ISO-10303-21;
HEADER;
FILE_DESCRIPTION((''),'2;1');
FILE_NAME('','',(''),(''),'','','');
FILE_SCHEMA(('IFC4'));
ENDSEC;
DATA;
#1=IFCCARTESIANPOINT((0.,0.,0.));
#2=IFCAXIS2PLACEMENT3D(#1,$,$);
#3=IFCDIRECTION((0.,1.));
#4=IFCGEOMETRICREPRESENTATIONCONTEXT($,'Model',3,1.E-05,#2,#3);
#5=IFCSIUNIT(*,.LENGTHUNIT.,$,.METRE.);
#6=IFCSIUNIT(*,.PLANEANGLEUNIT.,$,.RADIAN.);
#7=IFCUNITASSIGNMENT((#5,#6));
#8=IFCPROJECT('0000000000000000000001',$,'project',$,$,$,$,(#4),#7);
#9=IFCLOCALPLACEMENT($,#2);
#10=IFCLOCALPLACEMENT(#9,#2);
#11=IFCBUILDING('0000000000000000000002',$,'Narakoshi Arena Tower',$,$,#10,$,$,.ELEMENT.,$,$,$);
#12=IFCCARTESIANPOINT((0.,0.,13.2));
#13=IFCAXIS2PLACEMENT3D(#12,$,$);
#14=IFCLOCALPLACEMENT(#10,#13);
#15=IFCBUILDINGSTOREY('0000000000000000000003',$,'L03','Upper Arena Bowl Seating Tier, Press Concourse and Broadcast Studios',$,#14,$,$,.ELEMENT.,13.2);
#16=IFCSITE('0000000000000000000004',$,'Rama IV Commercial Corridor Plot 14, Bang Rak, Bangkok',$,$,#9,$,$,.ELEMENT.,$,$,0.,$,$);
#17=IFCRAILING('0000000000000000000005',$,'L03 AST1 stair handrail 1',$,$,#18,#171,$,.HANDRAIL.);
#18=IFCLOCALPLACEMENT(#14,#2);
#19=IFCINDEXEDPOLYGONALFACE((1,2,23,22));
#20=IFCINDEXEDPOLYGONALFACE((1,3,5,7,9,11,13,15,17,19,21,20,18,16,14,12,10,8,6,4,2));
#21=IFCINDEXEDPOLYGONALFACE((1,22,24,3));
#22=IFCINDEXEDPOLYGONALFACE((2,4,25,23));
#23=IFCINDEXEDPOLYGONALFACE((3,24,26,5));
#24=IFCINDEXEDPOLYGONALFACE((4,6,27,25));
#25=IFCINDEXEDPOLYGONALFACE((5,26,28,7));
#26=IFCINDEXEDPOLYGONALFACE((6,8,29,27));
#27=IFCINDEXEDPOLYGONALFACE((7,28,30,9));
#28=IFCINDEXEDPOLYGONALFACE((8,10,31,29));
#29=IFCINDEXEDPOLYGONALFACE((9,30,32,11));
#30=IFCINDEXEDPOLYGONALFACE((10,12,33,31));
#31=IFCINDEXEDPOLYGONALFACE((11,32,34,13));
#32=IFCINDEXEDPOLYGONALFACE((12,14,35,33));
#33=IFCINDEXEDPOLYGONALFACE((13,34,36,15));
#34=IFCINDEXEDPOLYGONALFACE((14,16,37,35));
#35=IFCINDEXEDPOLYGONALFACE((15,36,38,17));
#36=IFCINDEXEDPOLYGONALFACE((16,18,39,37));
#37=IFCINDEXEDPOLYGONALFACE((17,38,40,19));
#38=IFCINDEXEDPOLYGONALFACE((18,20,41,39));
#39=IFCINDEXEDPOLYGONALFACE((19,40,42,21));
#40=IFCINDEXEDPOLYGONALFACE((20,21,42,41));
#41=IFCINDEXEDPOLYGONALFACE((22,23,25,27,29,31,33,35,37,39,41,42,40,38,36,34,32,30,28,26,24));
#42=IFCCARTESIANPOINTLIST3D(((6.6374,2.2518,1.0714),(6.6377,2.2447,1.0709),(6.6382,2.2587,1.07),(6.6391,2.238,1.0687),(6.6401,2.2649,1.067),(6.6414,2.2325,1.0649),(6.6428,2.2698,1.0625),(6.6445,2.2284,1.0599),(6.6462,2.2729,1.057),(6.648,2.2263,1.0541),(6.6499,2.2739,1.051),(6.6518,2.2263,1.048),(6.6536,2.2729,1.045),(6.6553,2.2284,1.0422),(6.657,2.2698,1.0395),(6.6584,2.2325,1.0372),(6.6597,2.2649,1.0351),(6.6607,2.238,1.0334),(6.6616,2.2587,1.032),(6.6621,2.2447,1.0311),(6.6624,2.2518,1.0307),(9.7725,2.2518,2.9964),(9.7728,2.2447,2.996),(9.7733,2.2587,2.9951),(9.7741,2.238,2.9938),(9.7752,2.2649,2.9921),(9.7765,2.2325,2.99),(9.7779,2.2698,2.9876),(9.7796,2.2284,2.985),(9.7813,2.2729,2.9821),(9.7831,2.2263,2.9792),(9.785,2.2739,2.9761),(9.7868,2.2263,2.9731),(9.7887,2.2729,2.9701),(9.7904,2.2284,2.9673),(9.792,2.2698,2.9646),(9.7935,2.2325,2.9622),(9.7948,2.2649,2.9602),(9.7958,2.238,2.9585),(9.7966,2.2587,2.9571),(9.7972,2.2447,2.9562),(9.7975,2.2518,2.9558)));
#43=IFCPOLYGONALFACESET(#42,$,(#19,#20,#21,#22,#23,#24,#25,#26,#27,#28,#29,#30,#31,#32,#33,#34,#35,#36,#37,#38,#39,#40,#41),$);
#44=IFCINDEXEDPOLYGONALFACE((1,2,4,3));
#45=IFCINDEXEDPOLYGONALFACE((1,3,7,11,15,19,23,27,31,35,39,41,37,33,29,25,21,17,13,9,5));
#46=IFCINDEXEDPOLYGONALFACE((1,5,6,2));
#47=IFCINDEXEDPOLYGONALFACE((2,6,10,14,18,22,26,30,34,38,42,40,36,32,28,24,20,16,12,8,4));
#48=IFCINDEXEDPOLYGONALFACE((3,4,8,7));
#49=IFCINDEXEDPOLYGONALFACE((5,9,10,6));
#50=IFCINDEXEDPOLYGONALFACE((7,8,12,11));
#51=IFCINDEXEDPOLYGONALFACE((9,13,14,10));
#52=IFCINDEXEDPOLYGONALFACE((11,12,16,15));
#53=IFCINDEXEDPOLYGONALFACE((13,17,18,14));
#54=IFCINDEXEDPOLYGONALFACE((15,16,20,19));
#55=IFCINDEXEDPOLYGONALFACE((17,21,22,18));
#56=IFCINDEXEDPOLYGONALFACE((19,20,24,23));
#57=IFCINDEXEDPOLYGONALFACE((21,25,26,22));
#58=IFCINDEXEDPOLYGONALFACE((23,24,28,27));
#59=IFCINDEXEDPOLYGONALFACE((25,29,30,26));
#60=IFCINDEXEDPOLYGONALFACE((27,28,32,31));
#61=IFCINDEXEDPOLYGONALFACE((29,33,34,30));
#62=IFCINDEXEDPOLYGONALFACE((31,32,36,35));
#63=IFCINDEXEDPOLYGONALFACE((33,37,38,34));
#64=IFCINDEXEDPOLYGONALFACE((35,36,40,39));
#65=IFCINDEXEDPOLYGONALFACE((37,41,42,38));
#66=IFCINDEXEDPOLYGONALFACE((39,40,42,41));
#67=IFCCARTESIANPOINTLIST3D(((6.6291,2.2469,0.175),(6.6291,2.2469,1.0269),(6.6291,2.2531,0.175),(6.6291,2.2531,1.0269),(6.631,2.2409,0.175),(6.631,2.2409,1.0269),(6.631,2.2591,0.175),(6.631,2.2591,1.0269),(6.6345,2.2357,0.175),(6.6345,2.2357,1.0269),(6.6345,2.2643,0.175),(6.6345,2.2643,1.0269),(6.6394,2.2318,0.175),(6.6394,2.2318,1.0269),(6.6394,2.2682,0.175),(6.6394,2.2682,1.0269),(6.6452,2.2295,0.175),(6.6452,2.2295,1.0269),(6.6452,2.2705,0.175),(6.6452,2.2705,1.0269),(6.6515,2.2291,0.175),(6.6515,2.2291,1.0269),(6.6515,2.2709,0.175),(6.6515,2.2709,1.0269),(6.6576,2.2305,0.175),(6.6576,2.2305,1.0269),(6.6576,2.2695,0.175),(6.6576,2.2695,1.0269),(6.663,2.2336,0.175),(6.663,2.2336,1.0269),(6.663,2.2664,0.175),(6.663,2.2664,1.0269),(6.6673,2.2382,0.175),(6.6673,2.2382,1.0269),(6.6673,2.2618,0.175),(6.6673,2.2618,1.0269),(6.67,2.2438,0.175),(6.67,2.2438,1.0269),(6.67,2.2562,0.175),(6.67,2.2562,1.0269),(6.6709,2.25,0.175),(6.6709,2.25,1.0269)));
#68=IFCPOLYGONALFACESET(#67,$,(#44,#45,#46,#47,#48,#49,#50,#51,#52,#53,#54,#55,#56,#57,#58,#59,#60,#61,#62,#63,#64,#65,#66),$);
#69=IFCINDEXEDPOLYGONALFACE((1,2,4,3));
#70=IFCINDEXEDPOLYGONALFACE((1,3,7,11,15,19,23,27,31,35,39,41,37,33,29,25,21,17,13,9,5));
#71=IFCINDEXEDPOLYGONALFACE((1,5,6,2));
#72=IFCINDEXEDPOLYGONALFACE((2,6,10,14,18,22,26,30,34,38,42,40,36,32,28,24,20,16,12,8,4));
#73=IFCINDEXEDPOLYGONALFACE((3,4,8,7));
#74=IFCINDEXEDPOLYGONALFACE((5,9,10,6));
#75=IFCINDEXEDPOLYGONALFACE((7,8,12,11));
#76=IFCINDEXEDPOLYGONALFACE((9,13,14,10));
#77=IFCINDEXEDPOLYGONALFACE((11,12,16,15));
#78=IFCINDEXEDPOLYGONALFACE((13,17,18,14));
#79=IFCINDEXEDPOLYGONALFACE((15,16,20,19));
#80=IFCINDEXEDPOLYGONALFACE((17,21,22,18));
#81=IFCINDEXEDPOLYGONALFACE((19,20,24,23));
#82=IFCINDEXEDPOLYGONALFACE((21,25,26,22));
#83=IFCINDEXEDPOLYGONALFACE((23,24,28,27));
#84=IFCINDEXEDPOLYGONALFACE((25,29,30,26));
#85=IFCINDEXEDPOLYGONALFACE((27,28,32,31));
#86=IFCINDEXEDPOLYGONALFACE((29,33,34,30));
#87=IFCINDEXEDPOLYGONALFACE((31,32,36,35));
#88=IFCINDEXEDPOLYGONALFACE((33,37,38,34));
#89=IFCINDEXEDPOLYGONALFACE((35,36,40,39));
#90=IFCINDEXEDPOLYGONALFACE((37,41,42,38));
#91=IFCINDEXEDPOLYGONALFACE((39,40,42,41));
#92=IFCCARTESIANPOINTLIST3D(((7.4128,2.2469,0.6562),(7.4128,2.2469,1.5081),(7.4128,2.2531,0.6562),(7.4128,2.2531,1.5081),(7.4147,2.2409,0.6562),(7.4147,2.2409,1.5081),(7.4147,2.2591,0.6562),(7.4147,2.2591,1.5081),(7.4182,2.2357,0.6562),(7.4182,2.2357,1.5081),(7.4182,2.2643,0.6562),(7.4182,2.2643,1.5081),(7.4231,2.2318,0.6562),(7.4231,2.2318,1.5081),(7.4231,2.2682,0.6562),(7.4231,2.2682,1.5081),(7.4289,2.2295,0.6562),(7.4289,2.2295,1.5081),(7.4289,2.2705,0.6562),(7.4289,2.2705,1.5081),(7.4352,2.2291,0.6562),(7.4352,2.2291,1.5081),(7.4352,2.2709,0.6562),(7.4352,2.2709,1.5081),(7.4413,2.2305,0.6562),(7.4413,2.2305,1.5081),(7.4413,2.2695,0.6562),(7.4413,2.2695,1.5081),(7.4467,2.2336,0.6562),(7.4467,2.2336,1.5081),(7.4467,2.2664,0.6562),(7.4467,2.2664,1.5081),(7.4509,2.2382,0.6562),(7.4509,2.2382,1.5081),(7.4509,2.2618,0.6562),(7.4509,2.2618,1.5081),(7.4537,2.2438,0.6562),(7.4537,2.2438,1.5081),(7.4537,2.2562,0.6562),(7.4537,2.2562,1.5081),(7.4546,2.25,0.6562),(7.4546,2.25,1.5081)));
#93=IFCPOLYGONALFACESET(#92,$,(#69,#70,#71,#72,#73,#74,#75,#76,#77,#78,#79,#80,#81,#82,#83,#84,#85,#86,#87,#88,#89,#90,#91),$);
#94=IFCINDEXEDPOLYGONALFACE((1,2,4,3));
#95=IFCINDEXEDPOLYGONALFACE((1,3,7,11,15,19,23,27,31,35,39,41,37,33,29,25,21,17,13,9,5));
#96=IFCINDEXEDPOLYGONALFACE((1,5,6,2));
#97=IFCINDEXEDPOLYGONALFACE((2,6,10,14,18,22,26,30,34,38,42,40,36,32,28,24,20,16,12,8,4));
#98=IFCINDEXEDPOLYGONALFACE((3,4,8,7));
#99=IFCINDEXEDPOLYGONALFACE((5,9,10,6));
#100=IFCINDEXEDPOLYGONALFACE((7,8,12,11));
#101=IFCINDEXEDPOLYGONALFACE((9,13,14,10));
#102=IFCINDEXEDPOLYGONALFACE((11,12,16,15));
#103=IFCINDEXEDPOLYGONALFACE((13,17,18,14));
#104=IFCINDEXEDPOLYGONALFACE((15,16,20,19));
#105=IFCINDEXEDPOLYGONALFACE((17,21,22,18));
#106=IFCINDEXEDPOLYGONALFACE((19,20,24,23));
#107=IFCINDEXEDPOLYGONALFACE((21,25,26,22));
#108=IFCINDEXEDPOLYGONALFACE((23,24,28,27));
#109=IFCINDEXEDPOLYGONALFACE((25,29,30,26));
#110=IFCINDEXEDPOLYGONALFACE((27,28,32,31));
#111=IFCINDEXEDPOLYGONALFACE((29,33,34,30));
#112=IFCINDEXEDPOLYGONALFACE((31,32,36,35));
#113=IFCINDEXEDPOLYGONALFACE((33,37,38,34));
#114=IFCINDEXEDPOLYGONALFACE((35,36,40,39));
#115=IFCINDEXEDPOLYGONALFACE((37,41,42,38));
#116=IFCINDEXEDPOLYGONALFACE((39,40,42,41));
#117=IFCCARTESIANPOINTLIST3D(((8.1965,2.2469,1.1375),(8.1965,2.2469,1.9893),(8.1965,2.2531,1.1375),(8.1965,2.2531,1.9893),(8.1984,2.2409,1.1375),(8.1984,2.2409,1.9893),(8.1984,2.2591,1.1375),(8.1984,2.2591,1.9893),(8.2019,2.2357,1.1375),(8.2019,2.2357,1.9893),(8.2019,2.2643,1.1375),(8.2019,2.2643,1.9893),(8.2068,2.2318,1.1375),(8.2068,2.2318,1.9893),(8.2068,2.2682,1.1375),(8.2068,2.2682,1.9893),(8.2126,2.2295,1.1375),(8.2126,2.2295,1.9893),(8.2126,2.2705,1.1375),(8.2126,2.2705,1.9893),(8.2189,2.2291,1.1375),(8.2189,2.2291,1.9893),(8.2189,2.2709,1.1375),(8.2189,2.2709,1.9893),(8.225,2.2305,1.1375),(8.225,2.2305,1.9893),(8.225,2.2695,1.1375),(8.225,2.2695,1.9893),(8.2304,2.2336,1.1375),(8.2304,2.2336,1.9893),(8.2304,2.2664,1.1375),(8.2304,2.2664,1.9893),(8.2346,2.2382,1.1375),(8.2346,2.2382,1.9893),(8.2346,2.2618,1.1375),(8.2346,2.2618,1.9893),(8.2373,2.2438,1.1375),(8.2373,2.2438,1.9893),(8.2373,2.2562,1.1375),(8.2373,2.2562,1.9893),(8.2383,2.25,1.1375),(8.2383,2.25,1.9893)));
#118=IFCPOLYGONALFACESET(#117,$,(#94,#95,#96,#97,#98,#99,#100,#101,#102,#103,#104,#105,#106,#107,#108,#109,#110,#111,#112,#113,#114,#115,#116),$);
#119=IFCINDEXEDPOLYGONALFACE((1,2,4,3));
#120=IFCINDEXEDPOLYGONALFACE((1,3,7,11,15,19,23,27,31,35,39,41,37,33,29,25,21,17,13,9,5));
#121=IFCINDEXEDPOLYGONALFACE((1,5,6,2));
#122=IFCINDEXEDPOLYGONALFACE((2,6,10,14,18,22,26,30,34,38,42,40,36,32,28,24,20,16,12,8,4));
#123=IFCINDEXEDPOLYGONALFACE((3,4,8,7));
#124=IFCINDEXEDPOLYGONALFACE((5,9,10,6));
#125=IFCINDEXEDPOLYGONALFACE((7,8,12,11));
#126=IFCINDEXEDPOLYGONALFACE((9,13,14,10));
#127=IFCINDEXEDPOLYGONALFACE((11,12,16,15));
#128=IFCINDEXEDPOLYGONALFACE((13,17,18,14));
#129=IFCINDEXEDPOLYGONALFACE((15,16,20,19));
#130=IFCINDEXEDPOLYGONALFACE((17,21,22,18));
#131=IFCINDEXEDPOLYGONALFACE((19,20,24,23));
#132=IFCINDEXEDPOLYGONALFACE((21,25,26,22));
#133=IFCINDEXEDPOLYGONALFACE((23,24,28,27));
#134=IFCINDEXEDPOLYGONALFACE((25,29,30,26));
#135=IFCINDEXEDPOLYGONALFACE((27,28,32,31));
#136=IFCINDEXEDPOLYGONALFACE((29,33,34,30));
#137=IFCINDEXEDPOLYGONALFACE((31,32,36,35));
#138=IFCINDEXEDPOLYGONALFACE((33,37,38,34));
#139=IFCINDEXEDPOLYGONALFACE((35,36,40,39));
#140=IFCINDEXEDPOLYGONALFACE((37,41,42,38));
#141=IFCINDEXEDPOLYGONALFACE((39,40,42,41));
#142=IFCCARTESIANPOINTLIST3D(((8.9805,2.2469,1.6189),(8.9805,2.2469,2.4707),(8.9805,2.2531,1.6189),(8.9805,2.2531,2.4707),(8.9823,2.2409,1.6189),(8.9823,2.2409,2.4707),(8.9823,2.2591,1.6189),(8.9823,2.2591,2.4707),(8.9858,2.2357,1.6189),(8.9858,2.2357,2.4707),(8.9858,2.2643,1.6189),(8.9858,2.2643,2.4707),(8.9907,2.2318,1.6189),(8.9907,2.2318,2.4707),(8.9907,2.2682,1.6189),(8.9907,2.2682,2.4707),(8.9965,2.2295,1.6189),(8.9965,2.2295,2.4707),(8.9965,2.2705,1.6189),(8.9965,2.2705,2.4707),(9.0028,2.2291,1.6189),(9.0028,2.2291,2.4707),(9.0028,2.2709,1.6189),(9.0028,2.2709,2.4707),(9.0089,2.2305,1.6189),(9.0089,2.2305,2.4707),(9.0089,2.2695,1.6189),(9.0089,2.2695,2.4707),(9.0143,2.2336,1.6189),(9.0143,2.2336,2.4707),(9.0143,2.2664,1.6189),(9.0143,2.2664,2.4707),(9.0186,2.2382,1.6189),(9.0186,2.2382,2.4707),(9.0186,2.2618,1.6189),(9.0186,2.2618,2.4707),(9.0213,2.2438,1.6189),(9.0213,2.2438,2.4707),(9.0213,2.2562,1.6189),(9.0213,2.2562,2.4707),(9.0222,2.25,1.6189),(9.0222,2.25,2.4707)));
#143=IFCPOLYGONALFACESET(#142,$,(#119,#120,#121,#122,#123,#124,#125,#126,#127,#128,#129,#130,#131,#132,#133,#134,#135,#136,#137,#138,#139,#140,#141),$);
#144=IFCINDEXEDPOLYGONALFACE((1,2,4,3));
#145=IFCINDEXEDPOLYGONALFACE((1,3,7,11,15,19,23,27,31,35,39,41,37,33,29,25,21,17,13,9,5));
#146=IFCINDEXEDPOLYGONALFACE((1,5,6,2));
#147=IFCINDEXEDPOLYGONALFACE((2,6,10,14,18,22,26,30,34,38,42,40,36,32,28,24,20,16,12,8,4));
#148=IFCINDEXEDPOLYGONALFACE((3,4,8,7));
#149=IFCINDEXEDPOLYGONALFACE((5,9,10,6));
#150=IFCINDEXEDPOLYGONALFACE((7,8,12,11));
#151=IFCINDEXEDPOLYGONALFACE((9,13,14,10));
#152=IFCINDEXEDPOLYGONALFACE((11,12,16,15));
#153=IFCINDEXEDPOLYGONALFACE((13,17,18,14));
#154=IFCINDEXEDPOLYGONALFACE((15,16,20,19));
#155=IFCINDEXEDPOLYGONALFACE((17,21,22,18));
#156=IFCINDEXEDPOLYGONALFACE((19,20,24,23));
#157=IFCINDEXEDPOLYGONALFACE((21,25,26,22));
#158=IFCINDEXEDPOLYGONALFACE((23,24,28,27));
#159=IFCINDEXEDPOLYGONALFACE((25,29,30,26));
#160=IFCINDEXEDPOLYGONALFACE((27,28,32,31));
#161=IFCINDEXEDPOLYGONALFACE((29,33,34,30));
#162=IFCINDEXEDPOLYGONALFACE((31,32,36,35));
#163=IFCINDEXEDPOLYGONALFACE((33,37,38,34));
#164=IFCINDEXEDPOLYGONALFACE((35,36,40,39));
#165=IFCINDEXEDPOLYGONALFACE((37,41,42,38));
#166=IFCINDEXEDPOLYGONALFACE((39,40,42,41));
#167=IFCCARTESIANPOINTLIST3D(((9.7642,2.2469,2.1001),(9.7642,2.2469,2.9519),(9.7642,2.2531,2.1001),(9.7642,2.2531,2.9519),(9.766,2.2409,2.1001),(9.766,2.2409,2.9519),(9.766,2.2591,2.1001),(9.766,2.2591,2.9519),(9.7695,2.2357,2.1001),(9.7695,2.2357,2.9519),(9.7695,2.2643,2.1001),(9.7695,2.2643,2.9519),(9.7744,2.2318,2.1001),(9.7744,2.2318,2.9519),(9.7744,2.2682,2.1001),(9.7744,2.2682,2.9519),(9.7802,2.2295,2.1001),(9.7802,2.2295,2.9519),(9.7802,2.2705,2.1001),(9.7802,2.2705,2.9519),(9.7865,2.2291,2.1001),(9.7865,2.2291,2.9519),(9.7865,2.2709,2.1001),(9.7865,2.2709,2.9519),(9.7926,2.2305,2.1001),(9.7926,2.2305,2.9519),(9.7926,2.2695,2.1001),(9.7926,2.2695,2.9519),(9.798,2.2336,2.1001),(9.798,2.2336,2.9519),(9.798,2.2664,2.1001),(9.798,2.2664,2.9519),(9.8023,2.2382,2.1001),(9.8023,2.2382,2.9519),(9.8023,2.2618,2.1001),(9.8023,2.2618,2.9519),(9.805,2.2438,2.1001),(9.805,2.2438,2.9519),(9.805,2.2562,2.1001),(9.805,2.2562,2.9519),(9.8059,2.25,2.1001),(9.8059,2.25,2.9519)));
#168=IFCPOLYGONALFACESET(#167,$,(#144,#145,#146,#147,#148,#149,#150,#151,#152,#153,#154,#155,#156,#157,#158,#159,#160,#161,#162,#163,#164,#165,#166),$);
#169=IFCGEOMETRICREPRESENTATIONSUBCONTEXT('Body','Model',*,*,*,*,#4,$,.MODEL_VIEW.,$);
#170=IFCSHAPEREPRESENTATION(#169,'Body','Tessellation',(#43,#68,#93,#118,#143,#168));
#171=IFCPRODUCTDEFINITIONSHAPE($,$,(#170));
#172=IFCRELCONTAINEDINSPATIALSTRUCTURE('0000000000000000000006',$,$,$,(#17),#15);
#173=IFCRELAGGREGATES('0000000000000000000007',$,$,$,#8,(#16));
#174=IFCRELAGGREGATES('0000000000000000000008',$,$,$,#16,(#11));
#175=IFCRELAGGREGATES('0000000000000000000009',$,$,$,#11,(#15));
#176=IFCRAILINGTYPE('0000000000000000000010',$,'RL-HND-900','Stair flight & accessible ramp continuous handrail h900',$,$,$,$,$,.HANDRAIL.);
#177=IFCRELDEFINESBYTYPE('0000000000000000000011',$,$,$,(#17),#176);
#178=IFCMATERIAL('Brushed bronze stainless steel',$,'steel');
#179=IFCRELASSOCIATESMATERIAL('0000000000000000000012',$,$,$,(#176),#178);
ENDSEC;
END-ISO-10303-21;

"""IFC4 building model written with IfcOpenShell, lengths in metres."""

from ifc_helpers import new_model, si_unit, direction, frame, origin, origin_2d, place, context, subcontext, project, spatial, circle, extrude, material, type_object, element, save


model = new_model("IFC4")

# Units and contexts
model_context = context("Model", 3, precision=1e-05, world=origin(), true_north=direction((0.0, 1.0)))
body_context = subcontext(model_context, "Body", "Model", "MODEL_VIEW")
ifc_project = project(units=[si_unit("LENGTHUNIT", "METRE"), si_unit("PLANEANGLEUNIT", "RADIAN")], contexts=[model_context])

# Site, building, storey
site_placement = place(None, origin())
site = spatial("IfcSite", under=ifc_project, at=site_placement, Name="Rama IV Commercial Corridor Plot 14, Bang Rak, Bangkok", CompositionType="ELEMENT", RefElevation=0.0)
building_placement = place(site_placement, origin())
building = spatial("IfcBuilding", under=site, at=building_placement, Name="Narakoshi Arena Tower", CompositionType="ELEMENT")
storey_placement = place(building_placement, frame((0.0, 0.0, 13.2)))
storey = spatial("IfcBuildingStorey", under=building, at=storey_placement, Name="L03", Description="Upper Arena Bowl Seating Tier, Press Concourse and Broadcast Studios", CompositionType="ELEMENT", Elevation=13.2)

# Railing
ifc_material_1 = material(Name="Brushed bronze stainless steel", Category="steel")
railing_type_1 = type_object("IfcRailingType", Name="RL-HND-900", Description="Stair flight & accessible ramp continuous handrail h900", PredefinedType="HANDRAIL", material=ifc_material_1)
for number, where, name in (
    (1, (6.6499, 2.25, 0.175), "L03 AST1 stair handrail 1"),
):
    element("IfcRailing", number, at=place(storey_placement, frame(where)), inside=storey, type_object=railing_type_1, Name=name, PredefinedType="HANDRAIL", context=body_context, shape_type="SweptSolid", body=[
        extrude(circle(Radius=0.0239, at=origin_2d()), frame((0.0, 0.0, 0.876), z_axis=(0.852166, 0.0, 0.523271), x_axis=(0.0, 1.0, 0.0)), (0.0, 0.0, 1.0), 3.679),
        extrude(circle(Radius=0.021, at=origin_2d()), origin(), (0.0, 0.0, 1.0), 0.8518),
        extrude(circle(Radius=0.021, at=origin_2d()), frame((0.7837, 0.0, 0.4812)), (0.0, 0.0, 1.0), 0.8518),
        extrude(circle(Radius=0.021, at=origin_2d()), frame((1.5674, 0.0, 0.9624)), (0.0, 0.0, 1.0), 0.8518),
        extrude(circle(Radius=0.021, at=origin_2d()), frame((2.3513, 0.0, 1.4438)), (0.0, 0.0, 1.0), 0.8518),
        extrude(circle(Radius=0.021, at=origin_2d()), frame((3.135, 0.0, 1.925)), (0.0, 0.0, 1.0), 0.8518),
    ])

save(model, "model.ifc")
